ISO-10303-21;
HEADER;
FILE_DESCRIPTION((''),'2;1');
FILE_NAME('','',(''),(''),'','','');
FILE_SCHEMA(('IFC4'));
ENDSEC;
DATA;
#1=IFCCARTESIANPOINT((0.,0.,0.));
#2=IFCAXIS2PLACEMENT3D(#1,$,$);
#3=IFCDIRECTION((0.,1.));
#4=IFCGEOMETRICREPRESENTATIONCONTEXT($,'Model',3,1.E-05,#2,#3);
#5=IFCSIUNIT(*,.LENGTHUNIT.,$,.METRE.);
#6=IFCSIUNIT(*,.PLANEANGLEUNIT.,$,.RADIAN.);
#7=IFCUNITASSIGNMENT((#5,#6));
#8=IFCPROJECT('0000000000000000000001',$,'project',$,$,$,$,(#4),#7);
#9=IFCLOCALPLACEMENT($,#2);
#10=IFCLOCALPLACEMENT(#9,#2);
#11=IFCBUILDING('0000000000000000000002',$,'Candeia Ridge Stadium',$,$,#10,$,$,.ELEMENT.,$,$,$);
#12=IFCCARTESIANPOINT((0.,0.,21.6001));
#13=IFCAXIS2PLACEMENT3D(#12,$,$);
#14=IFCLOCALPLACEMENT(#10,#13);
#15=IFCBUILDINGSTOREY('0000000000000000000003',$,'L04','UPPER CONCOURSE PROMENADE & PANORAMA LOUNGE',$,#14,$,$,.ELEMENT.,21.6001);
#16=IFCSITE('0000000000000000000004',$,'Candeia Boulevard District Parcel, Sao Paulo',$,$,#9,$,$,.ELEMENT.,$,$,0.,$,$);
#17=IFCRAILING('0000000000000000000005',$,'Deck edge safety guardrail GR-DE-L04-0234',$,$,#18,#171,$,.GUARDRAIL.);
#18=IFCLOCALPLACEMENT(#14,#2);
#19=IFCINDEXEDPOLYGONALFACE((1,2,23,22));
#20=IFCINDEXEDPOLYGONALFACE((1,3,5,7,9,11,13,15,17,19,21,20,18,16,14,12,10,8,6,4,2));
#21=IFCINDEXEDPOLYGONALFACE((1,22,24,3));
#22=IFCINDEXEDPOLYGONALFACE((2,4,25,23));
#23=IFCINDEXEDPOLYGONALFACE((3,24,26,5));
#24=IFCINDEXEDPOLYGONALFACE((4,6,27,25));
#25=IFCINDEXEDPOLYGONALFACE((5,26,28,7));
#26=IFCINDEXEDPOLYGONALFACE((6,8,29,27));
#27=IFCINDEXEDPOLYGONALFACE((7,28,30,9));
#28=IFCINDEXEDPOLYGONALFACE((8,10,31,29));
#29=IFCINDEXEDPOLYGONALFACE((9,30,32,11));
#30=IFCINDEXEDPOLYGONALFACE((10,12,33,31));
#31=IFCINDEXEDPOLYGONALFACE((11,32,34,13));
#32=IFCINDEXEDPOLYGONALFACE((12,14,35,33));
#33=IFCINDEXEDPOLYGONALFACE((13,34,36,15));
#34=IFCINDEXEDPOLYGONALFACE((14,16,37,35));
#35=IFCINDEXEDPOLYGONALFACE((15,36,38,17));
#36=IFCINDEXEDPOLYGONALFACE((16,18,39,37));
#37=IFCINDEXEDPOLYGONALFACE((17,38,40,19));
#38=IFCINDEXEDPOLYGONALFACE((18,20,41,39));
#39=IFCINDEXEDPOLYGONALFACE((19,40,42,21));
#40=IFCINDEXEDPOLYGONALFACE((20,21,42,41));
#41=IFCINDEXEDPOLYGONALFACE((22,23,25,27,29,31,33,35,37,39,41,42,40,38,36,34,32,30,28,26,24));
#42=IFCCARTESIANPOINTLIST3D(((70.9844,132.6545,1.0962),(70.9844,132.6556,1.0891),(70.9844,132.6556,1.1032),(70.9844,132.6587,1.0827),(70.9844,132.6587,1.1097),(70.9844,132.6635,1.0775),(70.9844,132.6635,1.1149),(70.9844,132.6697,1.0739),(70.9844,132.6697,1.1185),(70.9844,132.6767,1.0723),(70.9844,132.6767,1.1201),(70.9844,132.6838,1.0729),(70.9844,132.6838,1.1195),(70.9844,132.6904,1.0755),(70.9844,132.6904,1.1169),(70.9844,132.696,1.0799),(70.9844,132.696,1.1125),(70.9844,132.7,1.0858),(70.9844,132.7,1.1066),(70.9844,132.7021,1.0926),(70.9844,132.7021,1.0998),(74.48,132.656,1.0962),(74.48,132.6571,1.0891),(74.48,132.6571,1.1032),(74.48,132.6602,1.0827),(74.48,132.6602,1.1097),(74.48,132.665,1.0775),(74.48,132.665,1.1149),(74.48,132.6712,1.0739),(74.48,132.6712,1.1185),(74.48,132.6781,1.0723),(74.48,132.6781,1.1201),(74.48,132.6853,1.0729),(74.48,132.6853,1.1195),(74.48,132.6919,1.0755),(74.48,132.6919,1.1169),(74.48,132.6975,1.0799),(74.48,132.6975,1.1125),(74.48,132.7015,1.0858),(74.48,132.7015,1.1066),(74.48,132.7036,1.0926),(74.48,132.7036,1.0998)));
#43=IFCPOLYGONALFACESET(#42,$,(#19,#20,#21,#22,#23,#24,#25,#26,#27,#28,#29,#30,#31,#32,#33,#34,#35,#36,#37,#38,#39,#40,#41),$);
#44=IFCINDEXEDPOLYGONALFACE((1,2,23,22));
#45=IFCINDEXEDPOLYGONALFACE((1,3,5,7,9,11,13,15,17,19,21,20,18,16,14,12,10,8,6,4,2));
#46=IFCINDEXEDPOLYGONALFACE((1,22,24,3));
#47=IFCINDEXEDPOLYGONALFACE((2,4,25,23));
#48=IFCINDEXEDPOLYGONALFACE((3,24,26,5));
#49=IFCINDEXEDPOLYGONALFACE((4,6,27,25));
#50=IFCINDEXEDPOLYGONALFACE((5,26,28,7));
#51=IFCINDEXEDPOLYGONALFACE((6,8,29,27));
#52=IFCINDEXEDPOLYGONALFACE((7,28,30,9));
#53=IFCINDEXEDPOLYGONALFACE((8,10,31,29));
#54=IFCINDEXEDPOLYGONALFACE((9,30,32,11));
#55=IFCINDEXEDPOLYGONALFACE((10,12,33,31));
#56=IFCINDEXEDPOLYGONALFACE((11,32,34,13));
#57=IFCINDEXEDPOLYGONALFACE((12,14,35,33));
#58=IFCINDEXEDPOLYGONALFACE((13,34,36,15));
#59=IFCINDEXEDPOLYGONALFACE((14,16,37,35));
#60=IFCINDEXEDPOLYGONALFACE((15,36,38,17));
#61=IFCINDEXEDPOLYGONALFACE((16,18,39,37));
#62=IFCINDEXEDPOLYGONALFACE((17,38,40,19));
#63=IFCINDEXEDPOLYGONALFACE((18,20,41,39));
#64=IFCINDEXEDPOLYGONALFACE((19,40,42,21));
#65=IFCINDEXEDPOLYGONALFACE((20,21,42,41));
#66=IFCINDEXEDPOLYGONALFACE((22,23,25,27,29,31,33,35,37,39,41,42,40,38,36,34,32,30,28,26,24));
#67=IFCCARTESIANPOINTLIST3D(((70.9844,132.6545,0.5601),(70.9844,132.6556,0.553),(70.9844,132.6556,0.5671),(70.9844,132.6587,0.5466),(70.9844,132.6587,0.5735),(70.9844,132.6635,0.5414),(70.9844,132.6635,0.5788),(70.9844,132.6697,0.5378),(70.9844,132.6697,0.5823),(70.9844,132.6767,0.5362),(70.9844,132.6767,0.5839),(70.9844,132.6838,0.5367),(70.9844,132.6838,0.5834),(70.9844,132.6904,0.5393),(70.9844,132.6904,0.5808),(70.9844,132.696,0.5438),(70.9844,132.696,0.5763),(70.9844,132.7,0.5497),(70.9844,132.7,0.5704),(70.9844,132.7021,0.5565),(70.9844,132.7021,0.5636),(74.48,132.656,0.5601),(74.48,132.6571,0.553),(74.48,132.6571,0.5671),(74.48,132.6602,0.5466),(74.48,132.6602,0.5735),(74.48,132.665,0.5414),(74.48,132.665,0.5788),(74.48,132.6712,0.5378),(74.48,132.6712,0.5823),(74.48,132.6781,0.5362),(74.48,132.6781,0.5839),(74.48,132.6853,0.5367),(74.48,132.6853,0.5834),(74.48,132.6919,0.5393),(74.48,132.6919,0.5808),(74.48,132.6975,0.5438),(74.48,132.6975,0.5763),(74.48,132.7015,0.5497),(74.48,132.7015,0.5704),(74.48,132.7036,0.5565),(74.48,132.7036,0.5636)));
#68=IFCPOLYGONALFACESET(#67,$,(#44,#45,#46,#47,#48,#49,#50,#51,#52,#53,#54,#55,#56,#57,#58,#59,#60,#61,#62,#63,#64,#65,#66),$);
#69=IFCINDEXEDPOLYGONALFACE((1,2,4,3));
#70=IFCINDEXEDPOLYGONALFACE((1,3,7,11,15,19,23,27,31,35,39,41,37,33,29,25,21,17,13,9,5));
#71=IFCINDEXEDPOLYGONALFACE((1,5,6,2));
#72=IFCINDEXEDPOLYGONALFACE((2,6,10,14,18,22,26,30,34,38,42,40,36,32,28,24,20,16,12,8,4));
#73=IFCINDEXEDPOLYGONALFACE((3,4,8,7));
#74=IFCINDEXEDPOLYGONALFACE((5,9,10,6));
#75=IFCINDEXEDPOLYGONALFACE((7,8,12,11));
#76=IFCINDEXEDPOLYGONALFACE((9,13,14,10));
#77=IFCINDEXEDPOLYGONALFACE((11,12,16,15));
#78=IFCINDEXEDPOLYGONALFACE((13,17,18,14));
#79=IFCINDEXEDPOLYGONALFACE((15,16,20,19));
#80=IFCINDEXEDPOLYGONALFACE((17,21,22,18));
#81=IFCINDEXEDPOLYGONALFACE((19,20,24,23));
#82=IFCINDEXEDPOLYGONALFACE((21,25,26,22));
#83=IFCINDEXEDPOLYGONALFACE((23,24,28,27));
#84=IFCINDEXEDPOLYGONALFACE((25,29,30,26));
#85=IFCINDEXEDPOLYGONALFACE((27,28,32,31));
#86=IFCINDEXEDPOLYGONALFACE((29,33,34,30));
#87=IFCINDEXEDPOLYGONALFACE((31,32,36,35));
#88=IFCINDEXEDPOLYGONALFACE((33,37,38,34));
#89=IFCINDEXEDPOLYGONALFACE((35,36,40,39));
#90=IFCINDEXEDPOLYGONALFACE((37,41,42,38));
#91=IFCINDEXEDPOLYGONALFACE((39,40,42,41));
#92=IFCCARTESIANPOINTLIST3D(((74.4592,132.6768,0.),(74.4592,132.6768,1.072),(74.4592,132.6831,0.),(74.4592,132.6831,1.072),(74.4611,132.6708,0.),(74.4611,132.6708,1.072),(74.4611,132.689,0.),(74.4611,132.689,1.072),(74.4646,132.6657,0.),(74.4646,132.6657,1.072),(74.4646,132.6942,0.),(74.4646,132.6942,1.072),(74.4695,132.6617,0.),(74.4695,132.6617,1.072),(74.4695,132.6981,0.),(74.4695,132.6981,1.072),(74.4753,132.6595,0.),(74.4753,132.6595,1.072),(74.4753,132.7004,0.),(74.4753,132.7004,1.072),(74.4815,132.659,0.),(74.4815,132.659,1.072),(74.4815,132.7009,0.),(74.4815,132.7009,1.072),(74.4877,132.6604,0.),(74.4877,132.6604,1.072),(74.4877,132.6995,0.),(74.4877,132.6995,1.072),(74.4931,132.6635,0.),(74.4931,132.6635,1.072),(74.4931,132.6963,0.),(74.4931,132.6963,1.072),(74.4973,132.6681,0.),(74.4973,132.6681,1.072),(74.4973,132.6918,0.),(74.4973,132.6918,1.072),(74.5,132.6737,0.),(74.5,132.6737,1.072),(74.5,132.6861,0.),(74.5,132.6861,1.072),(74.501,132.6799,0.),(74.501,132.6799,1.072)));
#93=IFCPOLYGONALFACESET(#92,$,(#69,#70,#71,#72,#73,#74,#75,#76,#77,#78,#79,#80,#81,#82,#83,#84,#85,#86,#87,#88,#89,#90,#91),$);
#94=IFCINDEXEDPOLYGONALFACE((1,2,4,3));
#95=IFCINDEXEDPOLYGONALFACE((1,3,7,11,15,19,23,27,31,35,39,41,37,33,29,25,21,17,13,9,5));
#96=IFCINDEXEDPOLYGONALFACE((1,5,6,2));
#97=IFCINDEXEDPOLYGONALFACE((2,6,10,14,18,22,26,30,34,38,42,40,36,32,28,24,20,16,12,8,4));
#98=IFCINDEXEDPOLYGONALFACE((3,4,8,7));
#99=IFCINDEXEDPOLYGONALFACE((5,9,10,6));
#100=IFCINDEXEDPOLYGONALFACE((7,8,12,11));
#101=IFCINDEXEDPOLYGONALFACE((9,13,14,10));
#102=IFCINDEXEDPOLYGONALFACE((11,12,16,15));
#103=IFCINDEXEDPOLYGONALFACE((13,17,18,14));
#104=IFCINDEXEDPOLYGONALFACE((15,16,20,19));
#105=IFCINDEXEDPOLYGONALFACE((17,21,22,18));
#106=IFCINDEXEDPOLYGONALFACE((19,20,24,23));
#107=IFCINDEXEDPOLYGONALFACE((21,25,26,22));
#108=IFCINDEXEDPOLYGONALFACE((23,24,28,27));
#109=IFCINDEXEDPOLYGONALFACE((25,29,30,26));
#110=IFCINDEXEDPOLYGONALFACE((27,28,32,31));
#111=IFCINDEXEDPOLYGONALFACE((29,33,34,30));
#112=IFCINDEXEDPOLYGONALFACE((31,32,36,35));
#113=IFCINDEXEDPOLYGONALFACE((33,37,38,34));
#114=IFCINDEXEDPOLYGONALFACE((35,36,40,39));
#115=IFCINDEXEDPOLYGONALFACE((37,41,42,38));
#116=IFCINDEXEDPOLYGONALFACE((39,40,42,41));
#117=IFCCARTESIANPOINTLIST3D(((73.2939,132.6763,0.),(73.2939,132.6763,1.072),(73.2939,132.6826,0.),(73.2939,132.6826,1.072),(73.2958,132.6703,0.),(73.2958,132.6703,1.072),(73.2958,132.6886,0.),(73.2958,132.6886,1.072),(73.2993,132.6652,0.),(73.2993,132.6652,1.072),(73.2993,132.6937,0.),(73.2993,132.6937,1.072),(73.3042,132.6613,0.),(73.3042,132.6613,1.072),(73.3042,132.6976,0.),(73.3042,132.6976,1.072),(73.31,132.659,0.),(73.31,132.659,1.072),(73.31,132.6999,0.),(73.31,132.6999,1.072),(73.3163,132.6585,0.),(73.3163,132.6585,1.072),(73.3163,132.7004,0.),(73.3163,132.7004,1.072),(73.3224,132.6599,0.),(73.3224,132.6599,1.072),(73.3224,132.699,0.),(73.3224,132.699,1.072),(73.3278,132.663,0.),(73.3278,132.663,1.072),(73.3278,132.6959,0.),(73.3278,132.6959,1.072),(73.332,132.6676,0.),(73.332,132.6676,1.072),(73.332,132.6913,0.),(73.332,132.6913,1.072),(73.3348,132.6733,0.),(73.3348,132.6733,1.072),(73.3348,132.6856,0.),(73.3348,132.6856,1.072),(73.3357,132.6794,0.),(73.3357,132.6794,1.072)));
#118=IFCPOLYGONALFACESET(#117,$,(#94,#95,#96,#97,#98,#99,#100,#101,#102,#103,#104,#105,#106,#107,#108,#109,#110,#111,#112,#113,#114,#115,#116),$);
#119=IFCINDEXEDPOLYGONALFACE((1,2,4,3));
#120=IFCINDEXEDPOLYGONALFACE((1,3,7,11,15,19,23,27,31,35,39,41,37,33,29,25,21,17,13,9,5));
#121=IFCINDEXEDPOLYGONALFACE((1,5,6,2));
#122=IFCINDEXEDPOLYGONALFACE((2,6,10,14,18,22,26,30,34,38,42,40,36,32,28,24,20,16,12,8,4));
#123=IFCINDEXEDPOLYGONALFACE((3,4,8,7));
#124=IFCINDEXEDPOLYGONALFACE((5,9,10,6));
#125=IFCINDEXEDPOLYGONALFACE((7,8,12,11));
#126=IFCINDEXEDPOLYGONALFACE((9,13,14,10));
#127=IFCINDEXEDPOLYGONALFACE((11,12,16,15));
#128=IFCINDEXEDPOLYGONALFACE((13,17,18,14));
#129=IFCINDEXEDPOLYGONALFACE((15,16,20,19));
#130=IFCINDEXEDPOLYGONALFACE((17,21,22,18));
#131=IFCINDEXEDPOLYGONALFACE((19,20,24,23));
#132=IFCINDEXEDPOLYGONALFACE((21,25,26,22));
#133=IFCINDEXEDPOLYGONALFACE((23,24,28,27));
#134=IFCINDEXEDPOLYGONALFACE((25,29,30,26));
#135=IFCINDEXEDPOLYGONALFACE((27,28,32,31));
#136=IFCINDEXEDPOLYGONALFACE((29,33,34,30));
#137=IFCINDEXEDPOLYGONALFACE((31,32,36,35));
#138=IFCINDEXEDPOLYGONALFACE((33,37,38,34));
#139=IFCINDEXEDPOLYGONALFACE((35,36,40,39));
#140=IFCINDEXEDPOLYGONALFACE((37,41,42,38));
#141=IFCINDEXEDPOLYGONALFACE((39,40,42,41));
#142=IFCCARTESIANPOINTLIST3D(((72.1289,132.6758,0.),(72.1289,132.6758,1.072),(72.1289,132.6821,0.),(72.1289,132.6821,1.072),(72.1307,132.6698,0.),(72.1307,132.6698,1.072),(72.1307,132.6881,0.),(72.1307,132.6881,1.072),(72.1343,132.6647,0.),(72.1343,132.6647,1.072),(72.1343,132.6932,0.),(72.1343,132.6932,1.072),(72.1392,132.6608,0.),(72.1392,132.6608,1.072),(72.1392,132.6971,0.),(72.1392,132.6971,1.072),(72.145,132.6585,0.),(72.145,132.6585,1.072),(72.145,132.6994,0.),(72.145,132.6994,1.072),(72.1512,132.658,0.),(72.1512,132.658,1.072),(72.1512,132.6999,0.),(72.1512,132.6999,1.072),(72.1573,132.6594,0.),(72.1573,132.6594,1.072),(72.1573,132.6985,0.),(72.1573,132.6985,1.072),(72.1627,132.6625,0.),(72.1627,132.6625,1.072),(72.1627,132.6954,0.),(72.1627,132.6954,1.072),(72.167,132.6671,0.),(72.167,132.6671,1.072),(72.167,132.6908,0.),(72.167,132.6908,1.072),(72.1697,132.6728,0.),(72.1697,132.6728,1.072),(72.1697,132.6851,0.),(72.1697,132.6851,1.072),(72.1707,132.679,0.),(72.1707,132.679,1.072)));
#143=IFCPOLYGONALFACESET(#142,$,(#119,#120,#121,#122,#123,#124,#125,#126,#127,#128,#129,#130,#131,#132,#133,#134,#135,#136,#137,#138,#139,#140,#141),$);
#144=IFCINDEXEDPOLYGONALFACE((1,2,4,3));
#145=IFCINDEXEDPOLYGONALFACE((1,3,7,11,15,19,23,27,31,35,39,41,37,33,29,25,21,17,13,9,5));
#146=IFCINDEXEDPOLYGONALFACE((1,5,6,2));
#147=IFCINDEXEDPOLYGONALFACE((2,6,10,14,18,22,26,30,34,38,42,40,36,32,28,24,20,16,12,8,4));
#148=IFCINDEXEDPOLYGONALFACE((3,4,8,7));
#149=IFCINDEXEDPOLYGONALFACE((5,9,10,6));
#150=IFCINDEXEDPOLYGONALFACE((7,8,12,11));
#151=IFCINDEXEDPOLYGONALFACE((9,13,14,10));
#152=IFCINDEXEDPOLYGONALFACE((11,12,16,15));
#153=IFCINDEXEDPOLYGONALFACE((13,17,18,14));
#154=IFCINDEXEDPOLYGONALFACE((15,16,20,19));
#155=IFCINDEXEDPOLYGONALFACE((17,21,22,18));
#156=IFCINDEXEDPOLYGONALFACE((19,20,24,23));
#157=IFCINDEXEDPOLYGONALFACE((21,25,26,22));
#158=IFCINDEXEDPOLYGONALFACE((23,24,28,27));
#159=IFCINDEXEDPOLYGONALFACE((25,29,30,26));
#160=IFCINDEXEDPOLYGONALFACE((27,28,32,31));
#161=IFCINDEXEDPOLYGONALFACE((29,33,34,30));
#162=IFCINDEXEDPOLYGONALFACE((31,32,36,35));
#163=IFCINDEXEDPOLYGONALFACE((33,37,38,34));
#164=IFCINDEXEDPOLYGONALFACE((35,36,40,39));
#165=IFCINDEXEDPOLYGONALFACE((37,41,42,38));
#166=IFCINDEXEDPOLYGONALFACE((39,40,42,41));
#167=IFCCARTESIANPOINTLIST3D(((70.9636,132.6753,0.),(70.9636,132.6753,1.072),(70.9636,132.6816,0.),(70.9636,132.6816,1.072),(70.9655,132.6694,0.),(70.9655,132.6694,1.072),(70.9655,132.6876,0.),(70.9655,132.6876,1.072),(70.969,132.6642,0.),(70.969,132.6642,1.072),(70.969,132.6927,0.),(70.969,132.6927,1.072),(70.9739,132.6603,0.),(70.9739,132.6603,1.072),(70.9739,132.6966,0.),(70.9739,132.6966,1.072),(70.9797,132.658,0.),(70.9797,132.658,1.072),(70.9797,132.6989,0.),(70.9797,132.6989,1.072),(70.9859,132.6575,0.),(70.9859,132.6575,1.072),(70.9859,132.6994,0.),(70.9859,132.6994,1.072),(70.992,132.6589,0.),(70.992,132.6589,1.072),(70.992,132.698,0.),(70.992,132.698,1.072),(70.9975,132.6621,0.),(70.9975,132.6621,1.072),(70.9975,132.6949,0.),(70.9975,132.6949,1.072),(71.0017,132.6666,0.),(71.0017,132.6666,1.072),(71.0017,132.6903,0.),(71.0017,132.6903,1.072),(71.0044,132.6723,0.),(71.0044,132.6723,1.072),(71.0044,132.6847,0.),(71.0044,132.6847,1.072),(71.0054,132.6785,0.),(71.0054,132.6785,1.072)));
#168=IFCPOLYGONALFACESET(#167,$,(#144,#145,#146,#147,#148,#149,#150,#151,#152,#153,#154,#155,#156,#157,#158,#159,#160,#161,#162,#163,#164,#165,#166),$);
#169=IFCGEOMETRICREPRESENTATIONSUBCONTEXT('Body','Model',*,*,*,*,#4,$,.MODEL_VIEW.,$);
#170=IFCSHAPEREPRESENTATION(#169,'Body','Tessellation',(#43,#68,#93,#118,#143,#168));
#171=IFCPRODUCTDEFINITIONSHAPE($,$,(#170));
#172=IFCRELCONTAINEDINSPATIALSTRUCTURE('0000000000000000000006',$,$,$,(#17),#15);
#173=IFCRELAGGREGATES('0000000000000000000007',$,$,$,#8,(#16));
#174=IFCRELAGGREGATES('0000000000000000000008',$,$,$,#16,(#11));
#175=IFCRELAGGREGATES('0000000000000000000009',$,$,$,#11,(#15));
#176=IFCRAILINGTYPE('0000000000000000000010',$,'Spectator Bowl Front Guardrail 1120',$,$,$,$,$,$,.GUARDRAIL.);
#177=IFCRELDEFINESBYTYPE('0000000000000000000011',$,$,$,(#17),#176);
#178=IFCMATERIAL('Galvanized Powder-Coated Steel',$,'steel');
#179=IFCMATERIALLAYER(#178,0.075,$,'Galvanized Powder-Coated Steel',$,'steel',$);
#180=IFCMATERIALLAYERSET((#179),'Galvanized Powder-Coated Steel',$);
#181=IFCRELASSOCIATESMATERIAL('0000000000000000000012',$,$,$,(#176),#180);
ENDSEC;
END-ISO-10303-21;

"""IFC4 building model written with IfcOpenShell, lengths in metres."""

from ifc_helpers import new_model, si_unit, direction, frame, origin, origin_2d, place, context, subcontext, project, spatial, circle, extrude, material, layer, layer_set, type_object, element, save


model = new_model("IFC4")

# Units and contexts
model_context = context("Model", 3, precision=1e-05, world=origin(), true_north=direction((0.0, 1.0)))
body_context = subcontext(model_context, "Body", "Model", "MODEL_VIEW")
ifc_project = project(units=[si_unit("LENGTHUNIT", "METRE"), si_unit("PLANEANGLEUNIT", "RADIAN")], contexts=[model_context])

# Site, building, storey
site_placement = place(None, origin())
site = spatial("IfcSite", under=ifc_project, at=site_placement, Name="Candeia Boulevard District Parcel, Sao Paulo", CompositionType="ELEMENT", RefElevation=0.0)
building_placement = place(site_placement, origin())
building = spatial("IfcBuilding", under=site, at=building_placement, Name="Candeia Ridge Stadium", CompositionType="ELEMENT")
storey_placement = place(building_placement, frame((0.0, 0.0, 21.6001)))
storey = spatial("IfcBuildingStorey", under=building, at=storey_placement, Name="L04", Description="UPPER CONCOURSE PROMENADE & PANORAMA LOUNGE", CompositionType="ELEMENT", Elevation=21.6001)

# Railing
ifc_material_1 = material(Name="Galvanized Powder-Coated Steel", Category="steel")
ifc_layer_1 = layer(ifc_material_1, 0.075, Name="Galvanized Powder-Coated Steel", Category="steel")
ifc_layer_set_1 = layer_set([ifc_layer_1], Name="Galvanized Powder-Coated Steel")
railing_type_1 = type_object("IfcRailingType", Name="Spectator Bowl Front Guardrail 1120", PredefinedType="GUARDRAIL", material=ifc_layer_set_1)
railing_1_placement = place(storey_placement, frame((74.48, 132.6799, 0.0)))
element("IfcRailing", 1, at=railing_1_placement, inside=storey, type_object=railing_type_1, Name="Deck edge safety guardrail GR-DE-L04-0234", PredefinedType="GUARDRAIL", context=body_context, shape_type="SweptSolid", body=[
    extrude(circle(Radius=0.0239, at=origin_2d()), frame((0.0, 0.0, 1.0962), z_axis=(-1.0, -0.000419, 0.0), x_axis=(0.000419, -1.0, 0.0)), (0.0, 0.0, 1.0), 3.4956),
    extrude(circle(Radius=0.0239, at=origin_2d()), frame((0.0, 0.0, 0.5601), z_axis=(-1.0, -0.000419, 0.0), x_axis=(0.000419, -1.0, 0.0)), (0.0, 0.0, 1.0), 3.4956),
    extrude(circle(Radius=0.021, at=origin_2d()), origin(), (0.0, 0.0, 1.0), 1.072),
    extrude(circle(Radius=0.021, at=origin_2d()), frame((-1.1653, -0.0005, 0.0)), (0.0, 0.0, 1.0), 1.072),
    extrude(circle(Radius=0.021, at=origin_2d()), frame((-2.3303, -0.001, 0.0)), (0.0, 0.0, 1.0), 1.072),
    extrude(circle(Radius=0.021, at=origin_2d()), frame((-3.4956, -0.0015, 0.0)), (0.0, 0.0, 1.0), 1.072),
])

save(model, "model.ifc")
